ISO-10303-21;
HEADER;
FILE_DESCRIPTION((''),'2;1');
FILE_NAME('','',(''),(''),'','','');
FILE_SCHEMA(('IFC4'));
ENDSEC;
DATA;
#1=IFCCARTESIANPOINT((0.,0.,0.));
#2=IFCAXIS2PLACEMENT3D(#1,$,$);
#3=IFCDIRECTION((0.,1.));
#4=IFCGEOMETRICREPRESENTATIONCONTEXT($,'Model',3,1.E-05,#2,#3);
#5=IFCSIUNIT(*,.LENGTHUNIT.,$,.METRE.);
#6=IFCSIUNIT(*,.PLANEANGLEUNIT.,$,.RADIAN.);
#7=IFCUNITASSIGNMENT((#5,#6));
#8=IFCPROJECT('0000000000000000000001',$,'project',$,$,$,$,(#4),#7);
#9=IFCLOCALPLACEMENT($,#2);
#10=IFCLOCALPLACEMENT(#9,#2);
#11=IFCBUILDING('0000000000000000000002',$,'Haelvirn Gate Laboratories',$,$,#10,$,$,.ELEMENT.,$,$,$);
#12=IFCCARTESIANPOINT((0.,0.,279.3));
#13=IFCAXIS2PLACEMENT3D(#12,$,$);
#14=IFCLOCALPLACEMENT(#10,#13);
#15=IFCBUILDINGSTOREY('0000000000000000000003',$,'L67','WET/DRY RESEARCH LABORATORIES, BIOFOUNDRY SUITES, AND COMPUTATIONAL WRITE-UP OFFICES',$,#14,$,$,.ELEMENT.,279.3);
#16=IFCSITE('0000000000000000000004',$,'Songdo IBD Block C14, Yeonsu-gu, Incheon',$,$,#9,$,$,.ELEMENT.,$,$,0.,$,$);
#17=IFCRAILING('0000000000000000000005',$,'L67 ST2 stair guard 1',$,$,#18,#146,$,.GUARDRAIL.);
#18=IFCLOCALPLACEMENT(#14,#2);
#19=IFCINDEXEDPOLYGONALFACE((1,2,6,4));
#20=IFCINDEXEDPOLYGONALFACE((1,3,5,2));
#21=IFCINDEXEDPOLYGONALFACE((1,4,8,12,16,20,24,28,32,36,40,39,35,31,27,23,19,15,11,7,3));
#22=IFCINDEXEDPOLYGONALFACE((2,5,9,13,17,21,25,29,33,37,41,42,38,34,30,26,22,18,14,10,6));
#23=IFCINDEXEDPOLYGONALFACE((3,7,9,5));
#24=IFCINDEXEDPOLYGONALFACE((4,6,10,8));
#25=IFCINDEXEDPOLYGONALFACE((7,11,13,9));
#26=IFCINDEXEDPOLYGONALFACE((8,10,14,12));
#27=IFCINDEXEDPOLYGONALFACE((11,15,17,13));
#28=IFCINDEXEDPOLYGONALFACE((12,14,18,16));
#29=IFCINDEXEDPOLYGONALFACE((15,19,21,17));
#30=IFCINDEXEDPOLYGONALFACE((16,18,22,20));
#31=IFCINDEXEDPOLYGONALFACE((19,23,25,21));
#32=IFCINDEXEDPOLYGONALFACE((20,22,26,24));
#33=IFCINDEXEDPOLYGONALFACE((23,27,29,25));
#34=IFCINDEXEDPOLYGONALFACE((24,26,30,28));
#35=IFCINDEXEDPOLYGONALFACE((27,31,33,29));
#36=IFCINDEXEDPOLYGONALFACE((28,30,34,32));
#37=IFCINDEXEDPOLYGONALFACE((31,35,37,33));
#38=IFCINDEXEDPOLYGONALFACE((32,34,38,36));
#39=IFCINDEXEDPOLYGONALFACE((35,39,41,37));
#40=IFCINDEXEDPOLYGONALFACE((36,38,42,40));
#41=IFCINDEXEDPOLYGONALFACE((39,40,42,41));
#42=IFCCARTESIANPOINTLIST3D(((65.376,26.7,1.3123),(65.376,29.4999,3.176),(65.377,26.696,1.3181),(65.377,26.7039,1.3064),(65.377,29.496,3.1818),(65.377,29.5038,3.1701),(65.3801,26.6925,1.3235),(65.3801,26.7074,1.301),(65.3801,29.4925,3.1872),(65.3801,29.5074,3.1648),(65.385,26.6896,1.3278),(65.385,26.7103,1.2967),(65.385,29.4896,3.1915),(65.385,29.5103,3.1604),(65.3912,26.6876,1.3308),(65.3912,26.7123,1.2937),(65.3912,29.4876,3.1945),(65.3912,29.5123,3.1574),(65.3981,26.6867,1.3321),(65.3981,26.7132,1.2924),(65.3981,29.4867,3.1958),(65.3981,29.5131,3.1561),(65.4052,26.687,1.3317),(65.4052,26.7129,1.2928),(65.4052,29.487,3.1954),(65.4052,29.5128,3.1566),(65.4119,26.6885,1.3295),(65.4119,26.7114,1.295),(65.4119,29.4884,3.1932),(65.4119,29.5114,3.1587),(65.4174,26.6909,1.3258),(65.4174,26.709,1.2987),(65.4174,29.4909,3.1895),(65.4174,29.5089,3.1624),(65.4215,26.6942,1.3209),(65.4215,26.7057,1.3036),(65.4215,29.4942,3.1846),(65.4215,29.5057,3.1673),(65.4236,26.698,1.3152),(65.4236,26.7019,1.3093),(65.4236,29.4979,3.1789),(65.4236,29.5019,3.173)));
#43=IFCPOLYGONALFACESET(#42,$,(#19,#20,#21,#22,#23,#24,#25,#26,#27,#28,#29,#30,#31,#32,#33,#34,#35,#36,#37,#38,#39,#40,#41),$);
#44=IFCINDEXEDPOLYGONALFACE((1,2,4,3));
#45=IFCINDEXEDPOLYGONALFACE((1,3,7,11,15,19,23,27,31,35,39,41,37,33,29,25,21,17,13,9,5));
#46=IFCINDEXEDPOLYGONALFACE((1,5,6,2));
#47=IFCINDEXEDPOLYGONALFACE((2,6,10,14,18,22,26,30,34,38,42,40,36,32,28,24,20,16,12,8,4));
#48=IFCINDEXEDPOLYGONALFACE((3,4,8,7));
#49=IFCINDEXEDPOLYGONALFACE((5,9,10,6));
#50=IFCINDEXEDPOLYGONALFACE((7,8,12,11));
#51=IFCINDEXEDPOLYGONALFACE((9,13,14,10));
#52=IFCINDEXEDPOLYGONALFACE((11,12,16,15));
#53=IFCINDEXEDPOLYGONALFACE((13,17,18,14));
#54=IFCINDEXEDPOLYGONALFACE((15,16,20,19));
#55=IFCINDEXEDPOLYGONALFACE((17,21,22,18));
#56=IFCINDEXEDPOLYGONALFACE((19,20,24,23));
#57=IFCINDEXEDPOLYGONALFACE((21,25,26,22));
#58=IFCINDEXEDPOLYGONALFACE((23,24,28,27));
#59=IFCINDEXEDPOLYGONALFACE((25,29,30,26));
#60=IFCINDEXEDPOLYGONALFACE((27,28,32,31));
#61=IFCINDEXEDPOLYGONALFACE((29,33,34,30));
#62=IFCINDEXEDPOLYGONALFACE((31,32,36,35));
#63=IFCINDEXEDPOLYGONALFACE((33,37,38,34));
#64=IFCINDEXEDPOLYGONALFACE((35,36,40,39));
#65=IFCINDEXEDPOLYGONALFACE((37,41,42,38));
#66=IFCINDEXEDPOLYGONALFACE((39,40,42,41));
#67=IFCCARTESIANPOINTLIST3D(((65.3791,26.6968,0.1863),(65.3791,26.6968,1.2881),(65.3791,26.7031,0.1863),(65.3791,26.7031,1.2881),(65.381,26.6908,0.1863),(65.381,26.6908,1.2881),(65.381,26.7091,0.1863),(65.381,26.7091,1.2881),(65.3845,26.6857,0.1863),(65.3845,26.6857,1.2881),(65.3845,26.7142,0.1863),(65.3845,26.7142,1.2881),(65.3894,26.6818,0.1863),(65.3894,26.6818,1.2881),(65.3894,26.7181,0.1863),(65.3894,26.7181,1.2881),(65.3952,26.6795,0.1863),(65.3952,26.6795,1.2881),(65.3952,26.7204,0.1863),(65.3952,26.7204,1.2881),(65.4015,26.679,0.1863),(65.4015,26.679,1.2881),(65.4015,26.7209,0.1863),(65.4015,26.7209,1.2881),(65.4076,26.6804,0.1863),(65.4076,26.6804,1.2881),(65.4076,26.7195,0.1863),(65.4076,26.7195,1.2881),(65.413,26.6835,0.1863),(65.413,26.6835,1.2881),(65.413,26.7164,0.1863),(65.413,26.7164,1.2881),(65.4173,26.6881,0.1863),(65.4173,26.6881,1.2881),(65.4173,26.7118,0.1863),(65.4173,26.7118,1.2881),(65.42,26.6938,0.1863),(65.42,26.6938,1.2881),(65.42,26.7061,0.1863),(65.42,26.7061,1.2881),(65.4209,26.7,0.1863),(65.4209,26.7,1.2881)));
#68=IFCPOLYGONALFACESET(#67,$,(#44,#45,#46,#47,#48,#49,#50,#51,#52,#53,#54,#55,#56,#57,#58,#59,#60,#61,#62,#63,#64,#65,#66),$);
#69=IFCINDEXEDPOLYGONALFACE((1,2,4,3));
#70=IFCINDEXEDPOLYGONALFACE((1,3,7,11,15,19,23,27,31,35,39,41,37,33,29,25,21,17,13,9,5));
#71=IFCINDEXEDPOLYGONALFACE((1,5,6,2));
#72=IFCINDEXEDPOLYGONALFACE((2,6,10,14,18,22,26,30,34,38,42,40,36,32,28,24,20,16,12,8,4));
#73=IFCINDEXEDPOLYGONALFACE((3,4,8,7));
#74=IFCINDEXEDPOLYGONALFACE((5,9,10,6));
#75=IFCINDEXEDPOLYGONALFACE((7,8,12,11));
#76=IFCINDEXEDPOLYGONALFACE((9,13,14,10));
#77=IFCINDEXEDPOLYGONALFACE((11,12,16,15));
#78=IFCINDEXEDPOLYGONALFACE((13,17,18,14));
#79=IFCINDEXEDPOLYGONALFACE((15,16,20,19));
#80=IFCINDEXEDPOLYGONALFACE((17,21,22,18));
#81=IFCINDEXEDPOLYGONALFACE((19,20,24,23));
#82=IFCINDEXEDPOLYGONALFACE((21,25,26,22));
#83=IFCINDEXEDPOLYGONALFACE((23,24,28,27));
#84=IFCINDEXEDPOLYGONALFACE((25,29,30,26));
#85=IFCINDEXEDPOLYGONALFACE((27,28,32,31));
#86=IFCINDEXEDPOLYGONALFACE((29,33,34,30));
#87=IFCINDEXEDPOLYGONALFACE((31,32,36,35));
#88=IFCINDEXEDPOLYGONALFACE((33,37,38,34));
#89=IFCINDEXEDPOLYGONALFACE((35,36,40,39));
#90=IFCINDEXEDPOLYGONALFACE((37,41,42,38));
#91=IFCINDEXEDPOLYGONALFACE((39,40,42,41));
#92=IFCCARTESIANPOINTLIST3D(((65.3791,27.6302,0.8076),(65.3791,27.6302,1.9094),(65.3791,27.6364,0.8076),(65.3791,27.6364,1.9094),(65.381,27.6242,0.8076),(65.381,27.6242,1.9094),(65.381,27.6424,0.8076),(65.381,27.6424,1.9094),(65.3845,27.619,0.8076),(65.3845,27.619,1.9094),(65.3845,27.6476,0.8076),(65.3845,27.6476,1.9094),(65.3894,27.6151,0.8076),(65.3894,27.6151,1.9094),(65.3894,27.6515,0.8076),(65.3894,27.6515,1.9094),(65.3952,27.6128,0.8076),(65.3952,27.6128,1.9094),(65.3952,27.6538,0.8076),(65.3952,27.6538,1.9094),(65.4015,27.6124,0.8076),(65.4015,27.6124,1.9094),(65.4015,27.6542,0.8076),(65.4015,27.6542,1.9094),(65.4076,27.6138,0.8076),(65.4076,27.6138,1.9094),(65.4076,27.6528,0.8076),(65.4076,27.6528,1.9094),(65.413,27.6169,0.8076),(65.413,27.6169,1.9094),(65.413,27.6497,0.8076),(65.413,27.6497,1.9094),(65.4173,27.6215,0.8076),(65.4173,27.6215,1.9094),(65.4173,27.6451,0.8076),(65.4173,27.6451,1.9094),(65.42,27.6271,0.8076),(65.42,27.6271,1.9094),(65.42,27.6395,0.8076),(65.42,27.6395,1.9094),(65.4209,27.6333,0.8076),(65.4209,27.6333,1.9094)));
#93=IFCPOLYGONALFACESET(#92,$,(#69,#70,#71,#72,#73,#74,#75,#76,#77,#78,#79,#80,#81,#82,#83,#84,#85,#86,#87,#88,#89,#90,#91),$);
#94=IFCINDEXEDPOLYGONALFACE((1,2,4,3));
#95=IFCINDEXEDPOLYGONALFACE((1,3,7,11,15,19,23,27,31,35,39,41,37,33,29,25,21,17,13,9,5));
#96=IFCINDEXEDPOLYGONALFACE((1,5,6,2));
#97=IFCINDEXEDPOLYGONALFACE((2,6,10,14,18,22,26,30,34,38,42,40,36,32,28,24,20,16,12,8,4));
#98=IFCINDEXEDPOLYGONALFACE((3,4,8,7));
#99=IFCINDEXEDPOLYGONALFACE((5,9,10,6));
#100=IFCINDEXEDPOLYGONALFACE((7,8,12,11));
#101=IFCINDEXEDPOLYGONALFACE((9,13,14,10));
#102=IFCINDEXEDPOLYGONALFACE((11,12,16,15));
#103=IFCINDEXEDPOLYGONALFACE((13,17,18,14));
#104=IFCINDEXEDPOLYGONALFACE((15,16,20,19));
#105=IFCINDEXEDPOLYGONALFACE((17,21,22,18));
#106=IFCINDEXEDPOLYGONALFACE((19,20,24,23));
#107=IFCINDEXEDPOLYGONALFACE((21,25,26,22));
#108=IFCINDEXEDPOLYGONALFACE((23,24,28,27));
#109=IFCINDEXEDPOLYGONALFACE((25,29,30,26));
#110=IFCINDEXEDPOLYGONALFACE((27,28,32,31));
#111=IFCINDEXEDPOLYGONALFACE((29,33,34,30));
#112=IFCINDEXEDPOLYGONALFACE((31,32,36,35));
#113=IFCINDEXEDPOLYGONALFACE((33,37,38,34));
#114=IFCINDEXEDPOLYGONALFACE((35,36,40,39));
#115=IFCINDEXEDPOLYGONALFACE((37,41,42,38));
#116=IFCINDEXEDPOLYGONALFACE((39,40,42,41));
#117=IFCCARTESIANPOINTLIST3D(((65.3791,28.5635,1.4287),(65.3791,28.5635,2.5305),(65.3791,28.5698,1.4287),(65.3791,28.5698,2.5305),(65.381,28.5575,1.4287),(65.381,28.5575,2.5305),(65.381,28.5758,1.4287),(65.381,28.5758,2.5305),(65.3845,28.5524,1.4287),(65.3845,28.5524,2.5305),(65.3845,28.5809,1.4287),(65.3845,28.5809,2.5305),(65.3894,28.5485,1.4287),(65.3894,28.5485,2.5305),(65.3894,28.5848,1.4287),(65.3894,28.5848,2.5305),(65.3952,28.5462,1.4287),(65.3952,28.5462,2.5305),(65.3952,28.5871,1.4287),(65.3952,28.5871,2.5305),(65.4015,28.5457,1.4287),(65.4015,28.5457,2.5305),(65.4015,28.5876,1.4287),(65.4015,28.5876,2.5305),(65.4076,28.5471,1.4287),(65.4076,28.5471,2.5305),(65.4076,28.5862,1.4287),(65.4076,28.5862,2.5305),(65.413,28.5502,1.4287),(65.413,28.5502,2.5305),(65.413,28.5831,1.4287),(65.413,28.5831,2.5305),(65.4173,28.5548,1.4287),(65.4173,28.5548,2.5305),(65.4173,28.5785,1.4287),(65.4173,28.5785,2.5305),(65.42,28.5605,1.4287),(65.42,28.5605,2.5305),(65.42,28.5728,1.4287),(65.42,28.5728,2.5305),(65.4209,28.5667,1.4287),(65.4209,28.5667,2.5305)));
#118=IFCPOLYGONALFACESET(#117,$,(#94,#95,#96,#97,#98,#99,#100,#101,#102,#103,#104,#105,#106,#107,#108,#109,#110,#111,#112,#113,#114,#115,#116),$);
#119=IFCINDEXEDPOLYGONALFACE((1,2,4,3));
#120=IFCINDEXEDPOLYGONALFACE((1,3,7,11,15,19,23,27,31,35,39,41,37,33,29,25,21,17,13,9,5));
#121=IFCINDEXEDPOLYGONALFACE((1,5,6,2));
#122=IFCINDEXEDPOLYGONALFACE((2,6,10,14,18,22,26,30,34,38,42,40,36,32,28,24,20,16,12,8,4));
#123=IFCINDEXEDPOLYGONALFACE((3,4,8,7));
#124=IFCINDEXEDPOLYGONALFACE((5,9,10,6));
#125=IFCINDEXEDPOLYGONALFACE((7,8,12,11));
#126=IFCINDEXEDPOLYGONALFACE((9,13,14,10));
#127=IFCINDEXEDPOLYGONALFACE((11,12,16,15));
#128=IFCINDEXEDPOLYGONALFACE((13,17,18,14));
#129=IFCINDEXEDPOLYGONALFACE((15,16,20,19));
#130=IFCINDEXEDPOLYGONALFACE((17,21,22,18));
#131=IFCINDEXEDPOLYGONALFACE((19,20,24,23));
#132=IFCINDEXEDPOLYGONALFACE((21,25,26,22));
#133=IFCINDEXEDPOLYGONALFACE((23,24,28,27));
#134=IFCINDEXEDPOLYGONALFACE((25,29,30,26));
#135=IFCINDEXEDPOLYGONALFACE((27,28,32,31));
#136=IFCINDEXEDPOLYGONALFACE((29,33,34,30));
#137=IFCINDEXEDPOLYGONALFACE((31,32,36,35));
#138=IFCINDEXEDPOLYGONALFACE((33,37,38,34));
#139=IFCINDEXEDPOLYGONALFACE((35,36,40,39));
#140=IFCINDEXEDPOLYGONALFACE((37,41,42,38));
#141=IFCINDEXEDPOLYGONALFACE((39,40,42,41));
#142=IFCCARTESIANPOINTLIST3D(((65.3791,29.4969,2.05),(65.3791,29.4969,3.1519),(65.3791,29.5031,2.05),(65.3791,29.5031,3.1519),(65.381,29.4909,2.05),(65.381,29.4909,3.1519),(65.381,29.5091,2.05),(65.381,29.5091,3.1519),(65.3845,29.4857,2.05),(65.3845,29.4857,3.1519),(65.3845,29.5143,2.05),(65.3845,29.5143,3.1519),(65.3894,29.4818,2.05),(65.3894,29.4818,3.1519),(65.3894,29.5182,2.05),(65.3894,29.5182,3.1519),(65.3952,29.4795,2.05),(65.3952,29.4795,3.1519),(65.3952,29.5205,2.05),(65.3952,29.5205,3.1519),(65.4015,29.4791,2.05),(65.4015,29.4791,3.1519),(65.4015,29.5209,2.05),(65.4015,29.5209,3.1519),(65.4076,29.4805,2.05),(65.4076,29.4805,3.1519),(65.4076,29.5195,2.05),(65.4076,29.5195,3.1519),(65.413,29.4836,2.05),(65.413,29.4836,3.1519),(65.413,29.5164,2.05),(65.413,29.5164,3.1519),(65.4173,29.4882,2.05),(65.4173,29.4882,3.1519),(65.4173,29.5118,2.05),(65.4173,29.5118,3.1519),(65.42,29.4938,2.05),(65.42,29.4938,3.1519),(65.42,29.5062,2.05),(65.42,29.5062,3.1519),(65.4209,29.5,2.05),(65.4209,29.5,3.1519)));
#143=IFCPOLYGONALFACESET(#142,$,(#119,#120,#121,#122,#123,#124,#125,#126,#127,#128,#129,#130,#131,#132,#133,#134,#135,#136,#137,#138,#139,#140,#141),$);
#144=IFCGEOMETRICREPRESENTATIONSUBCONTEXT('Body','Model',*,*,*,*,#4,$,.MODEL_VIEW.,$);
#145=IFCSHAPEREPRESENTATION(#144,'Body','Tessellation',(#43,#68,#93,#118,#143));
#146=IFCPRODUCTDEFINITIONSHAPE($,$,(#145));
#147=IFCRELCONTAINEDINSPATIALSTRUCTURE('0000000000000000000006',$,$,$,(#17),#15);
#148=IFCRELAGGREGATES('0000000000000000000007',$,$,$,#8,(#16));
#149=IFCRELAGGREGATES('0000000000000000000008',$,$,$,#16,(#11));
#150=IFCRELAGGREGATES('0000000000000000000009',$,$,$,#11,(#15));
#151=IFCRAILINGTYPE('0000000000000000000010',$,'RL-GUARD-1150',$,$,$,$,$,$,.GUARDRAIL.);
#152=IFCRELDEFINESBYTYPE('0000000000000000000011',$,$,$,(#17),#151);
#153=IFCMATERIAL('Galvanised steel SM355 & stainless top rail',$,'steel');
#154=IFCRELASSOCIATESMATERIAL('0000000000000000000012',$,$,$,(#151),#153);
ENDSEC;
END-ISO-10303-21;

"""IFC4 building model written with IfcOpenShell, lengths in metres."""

from ifc_helpers import new_model, si_unit, direction, frame, origin, origin_2d, place, context, subcontext, project, spatial, circle, extrude, source, transform, mapped, material, type_object, element, save


model = new_model("IFC4")

# Units and contexts
model_context = context("Model", 3, precision=1e-05, world=origin(), true_north=direction((0.0, 1.0)))
body_context = subcontext(model_context, "Body", "Model", "MODEL_VIEW")
ifc_project = project(units=[si_unit("LENGTHUNIT", "METRE"), si_unit("PLANEANGLEUNIT", "RADIAN")], contexts=[model_context])

# Site, building, storey
site_placement = place(None, origin())
site = spatial("IfcSite", under=ifc_project, at=site_placement, Name="Songdo IBD Block C14, Yeonsu-gu, Incheon", CompositionType="ELEMENT", RefElevation=0.0)
building_placement = place(site_placement, origin())
building = spatial("IfcBuilding", under=site, at=building_placement, Name="Haelvirn Gate Laboratories", CompositionType="ELEMENT")
storey_placement = place(building_placement, frame((0.0, 0.0, 279.3)))
storey = spatial("IfcBuildingStorey", under=building, at=storey_placement, Name="L67", Description="WET/DRY RESEARCH LABORATORIES, BIOFOUNDRY SUITES, AND COMPUTATIONAL WRITE-UP OFFICES", CompositionType="ELEMENT", Elevation=279.3)

# Railing
ifc_material_1 = material(Name="Galvanised steel SM355 & stainless top rail", Category="steel")
railing_type_1 = type_object("IfcRailingType", Name="RL-GUARD-1150", PredefinedType="GUARDRAIL", material=ifc_material_1)
shared_shape_1 = source(origin(), body_context, "Body", "SweptSolid", [
    extrude(circle(Radius=0.0239, at=origin_2d()), frame((0.0, 0.0, 1.126), z_axis=(0.0, 0.832452, 0.554097), x_axis=(-1.0, 0.0, 0.0)), (0.0, 0.0, 1.0), 3.3635),
    extrude(circle(Radius=0.021, at=origin_2d()), origin(), (0.0, 0.0, 1.0), 1.1018),
    extrude(circle(Radius=0.021, at=origin_2d()), frame((0.0, 0.9333, 0.6213)), (0.0, 0.0, 1.0), 1.1018),
    extrude(circle(Radius=0.021, at=origin_2d()), frame((0.0, 1.8667, 1.2424)), (0.0, 0.0, 1.0), 1.1018),
    extrude(circle(Radius=0.021, at=origin_2d()), frame((0.0, 2.8, 1.8638)), (0.0, 0.0, 1.0), 1.1018),
])
railing_1_placement = place(storey_placement, frame((65.3999, 26.7, 0.1863)))
element("IfcRailing", 1, at=railing_1_placement, inside=storey, type_object=railing_type_1, Name="L67 ST2 stair guard 1", PredefinedType="GUARDRAIL", context=body_context, shape_type="MappedRepresentation", body=[
    mapped(shared_shape_1, transform((0.0, 0.0, 0.0), scale=1.0)),
])

save(model, "model.ifc")
